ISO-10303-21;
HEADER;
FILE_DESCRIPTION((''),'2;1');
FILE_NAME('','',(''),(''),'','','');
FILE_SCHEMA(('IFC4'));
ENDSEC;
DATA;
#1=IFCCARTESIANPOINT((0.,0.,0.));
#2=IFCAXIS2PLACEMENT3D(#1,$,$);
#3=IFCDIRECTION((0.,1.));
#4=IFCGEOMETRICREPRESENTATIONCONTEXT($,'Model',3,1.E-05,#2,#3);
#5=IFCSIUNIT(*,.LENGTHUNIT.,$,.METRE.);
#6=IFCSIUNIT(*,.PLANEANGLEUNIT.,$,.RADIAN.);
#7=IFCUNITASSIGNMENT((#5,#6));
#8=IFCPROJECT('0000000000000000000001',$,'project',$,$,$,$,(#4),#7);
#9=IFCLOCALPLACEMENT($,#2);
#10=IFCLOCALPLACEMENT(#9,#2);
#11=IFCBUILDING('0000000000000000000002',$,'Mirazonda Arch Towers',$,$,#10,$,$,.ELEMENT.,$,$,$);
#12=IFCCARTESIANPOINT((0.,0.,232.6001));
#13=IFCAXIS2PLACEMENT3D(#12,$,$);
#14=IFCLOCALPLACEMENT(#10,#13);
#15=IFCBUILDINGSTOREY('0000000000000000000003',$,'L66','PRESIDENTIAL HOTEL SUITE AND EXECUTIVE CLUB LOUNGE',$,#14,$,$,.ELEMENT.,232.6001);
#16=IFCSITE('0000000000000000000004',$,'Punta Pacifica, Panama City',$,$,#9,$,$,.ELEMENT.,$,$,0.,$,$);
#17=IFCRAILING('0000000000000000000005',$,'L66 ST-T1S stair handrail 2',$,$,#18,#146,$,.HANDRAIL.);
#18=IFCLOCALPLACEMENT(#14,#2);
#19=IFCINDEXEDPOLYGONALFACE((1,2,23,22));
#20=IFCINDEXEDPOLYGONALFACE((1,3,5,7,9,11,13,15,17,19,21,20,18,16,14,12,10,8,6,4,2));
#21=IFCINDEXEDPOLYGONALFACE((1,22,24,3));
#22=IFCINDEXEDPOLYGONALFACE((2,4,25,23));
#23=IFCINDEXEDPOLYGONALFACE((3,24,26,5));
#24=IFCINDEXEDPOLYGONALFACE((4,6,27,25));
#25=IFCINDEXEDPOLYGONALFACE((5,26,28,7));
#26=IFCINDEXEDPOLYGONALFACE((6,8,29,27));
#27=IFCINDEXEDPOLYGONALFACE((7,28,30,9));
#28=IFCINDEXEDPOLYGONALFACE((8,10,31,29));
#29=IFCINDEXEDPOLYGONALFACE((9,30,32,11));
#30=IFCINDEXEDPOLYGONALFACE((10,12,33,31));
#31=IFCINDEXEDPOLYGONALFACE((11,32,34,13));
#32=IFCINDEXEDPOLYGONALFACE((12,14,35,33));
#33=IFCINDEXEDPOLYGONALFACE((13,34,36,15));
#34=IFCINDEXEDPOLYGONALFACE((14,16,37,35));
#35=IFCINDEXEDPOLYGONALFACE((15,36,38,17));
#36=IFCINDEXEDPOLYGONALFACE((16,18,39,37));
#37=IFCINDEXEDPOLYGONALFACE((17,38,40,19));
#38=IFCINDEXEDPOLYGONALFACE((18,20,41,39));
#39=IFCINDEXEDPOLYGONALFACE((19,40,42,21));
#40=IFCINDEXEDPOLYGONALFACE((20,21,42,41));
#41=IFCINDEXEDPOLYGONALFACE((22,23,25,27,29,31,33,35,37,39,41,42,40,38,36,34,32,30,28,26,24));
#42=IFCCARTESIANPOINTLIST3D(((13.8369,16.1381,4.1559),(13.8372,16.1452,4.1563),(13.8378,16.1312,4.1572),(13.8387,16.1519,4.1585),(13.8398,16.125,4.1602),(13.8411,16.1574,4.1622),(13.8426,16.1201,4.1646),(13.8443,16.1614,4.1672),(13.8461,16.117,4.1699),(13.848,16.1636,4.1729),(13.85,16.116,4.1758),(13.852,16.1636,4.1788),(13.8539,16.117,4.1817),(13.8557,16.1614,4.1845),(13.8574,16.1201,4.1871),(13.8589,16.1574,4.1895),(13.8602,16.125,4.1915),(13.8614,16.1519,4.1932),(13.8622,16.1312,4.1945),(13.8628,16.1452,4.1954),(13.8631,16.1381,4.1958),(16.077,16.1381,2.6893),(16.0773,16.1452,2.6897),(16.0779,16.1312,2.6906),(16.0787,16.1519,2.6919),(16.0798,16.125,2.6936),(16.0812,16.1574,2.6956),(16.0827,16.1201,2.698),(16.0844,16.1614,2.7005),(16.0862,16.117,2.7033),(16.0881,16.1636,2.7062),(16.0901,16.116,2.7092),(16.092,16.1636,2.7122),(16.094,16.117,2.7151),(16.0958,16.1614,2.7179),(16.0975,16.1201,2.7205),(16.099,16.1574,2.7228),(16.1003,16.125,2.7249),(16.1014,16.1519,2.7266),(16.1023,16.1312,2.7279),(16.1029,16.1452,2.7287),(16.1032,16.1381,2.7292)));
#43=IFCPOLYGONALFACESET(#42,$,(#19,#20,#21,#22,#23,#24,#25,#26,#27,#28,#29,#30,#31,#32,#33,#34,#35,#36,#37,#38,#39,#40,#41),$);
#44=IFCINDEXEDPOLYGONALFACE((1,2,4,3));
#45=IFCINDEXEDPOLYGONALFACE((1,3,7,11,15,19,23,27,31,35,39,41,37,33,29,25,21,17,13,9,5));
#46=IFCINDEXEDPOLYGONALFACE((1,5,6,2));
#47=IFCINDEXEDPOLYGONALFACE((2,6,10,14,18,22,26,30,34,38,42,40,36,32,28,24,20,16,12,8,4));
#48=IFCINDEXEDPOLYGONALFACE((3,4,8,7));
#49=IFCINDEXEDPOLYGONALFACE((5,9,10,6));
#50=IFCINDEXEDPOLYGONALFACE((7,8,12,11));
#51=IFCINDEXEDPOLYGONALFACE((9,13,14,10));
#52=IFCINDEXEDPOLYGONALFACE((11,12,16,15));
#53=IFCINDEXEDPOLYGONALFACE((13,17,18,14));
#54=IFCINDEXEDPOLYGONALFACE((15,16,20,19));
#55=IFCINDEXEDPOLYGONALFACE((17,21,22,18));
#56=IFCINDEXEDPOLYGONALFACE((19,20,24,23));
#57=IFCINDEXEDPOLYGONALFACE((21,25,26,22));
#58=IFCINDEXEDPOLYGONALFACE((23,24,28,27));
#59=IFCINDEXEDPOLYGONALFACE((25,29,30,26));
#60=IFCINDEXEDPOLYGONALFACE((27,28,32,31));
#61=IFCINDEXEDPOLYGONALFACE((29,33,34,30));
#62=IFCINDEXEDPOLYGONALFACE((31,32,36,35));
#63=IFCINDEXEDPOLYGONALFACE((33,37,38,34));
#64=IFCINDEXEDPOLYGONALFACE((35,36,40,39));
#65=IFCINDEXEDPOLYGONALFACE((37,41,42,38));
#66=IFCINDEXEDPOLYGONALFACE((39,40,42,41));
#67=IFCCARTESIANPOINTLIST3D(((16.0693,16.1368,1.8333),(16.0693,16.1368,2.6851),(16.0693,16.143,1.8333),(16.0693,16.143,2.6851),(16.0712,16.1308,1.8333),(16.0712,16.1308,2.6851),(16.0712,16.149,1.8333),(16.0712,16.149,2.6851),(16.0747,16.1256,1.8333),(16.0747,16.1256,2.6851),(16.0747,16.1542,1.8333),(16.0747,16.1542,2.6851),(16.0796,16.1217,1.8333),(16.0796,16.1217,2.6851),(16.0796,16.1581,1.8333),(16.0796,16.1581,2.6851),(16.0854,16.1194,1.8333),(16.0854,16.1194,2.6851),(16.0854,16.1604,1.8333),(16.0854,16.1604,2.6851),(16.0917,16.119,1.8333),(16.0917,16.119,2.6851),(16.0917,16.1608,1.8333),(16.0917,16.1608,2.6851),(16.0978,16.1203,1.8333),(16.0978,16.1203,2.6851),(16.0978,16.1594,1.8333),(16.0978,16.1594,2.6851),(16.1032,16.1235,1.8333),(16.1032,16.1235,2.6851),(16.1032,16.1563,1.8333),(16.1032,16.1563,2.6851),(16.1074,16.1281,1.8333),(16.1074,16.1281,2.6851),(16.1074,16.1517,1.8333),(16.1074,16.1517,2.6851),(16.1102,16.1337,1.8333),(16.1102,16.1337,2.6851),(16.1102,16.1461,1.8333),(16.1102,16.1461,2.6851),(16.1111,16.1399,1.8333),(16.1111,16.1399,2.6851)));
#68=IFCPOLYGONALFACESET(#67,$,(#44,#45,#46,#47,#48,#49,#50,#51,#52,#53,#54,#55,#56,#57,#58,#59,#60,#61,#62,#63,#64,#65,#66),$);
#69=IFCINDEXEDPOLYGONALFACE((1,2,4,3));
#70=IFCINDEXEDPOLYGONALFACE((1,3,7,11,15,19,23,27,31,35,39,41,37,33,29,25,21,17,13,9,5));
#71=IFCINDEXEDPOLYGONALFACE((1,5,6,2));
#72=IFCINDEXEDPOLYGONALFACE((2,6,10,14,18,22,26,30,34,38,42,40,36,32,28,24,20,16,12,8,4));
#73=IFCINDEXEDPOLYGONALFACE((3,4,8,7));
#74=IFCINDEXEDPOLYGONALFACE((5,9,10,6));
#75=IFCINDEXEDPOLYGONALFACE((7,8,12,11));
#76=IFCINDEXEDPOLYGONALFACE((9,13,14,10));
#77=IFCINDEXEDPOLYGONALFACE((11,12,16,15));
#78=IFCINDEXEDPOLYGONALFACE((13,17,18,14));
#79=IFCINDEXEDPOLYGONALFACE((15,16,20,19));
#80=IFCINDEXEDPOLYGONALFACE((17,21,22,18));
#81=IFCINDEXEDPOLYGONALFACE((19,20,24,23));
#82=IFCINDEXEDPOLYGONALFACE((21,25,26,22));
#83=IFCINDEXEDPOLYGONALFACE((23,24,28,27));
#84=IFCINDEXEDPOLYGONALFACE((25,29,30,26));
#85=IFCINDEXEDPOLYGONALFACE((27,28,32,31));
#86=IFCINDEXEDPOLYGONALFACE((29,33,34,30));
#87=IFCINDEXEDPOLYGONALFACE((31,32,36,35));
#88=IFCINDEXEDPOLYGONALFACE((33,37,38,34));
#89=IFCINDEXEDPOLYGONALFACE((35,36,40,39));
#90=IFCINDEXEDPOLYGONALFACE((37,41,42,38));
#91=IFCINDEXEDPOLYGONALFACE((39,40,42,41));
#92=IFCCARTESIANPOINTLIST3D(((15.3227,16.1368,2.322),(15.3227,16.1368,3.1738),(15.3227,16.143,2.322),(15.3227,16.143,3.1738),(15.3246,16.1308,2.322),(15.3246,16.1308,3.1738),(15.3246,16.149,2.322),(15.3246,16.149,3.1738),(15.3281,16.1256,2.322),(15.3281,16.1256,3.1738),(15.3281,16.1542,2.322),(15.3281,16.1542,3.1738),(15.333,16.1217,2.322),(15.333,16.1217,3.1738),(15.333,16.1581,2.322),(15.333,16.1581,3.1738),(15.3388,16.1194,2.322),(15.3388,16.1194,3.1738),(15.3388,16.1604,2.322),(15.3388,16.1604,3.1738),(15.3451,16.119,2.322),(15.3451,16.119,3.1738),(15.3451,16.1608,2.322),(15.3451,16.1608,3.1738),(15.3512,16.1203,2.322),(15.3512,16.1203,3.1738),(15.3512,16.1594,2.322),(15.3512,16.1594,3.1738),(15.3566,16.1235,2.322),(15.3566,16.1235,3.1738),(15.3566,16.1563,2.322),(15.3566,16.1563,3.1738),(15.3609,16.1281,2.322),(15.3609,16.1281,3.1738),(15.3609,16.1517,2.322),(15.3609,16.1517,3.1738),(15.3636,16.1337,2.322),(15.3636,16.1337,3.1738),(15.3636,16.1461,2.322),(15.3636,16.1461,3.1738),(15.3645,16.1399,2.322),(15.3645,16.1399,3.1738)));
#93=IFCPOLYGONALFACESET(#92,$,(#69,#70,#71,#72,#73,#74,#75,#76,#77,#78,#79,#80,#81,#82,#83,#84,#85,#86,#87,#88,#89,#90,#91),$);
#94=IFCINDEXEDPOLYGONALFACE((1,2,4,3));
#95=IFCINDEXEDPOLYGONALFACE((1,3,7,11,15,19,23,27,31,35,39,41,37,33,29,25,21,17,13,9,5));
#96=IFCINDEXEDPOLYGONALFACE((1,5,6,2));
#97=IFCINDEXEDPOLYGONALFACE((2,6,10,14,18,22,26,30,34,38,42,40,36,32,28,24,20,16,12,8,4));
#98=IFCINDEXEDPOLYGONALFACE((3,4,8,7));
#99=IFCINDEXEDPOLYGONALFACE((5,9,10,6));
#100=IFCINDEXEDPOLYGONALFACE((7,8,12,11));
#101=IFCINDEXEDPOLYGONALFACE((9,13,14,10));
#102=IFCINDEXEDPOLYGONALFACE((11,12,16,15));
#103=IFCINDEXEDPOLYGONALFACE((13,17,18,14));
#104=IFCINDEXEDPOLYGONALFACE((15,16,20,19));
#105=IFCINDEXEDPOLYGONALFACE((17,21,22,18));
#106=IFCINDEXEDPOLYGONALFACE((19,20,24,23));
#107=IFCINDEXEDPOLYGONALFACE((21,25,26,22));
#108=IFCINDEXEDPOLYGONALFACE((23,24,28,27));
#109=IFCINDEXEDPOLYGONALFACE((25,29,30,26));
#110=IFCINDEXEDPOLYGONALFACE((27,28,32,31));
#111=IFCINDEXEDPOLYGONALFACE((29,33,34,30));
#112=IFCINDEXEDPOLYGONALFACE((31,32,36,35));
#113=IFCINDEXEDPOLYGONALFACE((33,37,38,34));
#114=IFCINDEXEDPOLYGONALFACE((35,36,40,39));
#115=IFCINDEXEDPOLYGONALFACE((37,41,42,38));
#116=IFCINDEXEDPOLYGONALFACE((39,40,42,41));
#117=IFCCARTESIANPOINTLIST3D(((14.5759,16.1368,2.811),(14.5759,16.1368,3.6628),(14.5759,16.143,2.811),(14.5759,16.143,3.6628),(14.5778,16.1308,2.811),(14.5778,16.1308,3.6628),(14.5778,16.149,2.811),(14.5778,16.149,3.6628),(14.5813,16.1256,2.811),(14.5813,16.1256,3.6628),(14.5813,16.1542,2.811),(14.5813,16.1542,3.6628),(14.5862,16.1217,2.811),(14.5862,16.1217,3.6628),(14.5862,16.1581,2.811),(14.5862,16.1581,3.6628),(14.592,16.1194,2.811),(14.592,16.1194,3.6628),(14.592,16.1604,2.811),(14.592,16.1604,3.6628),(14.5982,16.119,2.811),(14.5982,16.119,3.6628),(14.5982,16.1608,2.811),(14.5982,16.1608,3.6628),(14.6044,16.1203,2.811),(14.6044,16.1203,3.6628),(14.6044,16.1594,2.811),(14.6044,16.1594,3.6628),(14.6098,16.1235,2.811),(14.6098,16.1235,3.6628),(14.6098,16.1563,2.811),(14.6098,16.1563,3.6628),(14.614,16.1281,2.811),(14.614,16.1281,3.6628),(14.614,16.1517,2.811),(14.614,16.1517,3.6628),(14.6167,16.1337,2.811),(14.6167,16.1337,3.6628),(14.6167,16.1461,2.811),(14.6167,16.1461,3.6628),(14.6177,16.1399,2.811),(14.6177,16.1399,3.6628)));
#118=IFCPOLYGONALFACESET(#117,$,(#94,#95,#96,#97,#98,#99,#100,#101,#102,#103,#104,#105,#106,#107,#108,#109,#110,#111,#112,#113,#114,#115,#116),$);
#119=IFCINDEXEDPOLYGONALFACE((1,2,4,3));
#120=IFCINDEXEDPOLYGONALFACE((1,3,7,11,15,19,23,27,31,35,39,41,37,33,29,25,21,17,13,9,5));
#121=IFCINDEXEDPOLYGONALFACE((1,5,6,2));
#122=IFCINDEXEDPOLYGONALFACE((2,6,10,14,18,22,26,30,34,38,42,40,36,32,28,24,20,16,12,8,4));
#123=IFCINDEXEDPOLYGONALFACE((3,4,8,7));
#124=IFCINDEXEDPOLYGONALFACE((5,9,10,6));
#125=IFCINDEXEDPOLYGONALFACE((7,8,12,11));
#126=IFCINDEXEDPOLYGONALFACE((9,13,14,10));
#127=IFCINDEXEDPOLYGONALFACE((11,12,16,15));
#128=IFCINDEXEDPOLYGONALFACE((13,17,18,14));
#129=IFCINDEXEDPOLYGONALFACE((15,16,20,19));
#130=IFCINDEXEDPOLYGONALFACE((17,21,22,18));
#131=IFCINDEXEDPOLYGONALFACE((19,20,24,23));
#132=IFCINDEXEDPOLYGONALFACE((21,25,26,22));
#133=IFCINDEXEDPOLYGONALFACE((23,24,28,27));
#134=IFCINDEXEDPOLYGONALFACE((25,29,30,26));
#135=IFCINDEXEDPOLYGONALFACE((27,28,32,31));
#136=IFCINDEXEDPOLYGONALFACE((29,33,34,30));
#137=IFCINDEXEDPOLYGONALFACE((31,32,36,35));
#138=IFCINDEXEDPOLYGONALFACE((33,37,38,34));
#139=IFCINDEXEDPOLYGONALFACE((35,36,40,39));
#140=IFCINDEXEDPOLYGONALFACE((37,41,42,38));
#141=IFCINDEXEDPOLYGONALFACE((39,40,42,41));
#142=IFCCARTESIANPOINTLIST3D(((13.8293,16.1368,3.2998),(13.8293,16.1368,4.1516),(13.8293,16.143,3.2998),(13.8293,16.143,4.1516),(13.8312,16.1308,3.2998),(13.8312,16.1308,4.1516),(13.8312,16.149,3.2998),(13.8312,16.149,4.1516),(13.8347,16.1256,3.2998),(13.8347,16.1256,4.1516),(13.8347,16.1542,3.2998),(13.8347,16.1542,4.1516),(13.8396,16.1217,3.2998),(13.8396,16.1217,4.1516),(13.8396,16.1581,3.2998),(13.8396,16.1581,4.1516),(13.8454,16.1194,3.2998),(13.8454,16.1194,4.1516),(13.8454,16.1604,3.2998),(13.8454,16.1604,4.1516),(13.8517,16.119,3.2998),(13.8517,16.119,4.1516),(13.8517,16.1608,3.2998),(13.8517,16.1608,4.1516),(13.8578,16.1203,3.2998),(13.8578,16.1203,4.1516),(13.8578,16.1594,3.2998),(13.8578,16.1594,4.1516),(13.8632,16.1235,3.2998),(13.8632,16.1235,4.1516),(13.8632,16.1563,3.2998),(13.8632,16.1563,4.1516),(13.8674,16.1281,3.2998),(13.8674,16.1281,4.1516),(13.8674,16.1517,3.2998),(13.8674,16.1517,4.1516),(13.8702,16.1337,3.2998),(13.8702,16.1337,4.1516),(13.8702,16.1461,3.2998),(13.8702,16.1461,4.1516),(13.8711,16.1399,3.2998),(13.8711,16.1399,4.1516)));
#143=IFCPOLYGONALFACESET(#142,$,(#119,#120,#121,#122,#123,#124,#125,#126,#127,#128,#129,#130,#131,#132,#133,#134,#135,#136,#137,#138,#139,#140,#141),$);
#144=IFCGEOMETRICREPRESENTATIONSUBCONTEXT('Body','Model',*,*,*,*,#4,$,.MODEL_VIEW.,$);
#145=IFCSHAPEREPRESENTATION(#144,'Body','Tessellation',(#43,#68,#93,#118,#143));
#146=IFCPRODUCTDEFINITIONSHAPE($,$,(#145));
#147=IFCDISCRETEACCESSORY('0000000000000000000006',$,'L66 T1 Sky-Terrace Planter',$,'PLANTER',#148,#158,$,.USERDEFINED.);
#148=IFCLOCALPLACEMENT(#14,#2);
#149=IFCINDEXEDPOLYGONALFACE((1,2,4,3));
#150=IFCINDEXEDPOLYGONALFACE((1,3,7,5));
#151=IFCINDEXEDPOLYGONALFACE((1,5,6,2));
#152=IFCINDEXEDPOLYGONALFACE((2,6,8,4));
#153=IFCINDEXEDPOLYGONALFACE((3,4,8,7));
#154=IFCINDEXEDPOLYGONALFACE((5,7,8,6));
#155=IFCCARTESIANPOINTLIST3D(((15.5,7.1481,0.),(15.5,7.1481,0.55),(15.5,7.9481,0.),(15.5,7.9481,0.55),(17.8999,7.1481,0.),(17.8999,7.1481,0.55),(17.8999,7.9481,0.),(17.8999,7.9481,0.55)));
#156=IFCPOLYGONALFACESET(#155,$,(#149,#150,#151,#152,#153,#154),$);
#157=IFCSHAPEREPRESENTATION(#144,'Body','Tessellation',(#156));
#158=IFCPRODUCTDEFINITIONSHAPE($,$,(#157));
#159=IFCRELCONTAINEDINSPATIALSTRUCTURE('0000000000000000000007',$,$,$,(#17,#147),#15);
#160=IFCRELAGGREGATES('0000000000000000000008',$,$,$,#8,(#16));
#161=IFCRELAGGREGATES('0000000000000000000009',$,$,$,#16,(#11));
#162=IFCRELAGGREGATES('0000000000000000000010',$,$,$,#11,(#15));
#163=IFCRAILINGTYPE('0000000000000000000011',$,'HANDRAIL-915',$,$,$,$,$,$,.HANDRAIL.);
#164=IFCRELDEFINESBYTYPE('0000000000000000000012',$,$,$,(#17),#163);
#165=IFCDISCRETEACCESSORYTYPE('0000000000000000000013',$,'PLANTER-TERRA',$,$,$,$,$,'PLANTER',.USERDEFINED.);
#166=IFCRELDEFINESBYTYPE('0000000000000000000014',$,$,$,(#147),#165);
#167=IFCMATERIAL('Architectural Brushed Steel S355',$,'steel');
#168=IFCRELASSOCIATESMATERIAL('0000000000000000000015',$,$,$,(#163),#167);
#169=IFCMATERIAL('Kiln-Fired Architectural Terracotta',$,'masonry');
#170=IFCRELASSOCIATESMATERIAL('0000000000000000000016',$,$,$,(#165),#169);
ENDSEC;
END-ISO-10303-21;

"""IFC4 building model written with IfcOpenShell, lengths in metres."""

from ifc_helpers import new_model, si_unit, direction, frame, origin, origin_2d, place, context, subcontext, project, spatial, rectangle, circle, extrude, material, type_object, element, save


model = new_model("IFC4")

# Units and contexts
model_context = context("Model", 3, precision=1e-05, world=origin(), true_north=direction((0.0, 1.0)))
body_context = subcontext(model_context, "Body", "Model", "MODEL_VIEW")
ifc_project = project(units=[si_unit("LENGTHUNIT", "METRE"), si_unit("PLANEANGLEUNIT", "RADIAN")], contexts=[model_context])

# Site, building, storey
site_placement = place(None, origin())
site = spatial("IfcSite", under=ifc_project, at=site_placement, Name="Punta Pacifica, Panama City", CompositionType="ELEMENT", RefElevation=0.0)
building_placement = place(site_placement, origin())
building = spatial("IfcBuilding", under=site, at=building_placement, Name="Mirazonda Arch Towers", CompositionType="ELEMENT")
storey_placement = place(building_placement, frame((0.0, 0.0, 232.6001)))
storey = spatial("IfcBuildingStorey", under=building, at=storey_placement, Name="L66", Description="PRESIDENTIAL HOTEL SUITE AND EXECUTIVE CLUB LOUNGE", CompositionType="ELEMENT", Elevation=232.6001)

# Shared definitions
ifc_material_1 = material(Name="Architectural Brushed Steel S355", Category="steel")

# Railing
railing_type_1 = type_object("IfcRailingType", Name="HANDRAIL-915", PredefinedType="HANDRAIL", material=ifc_material_1)
railing_1_placement = place(storey_placement, frame((16.0901, 16.1399, 1.8333)))
element("IfcRailing", 1, at=railing_1_placement, inside=storey, type_object=railing_type_1, Name="L66 ST-T1S stair handrail 2", PredefinedType="HANDRAIL", context=body_context, shape_type="SweptSolid", body=[
    extrude(circle(Radius=0.0239, at=origin_2d()), frame((0.0, 0.0, 0.876), z_axis=(-0.836637, 0.0, 0.547758), x_axis=(0.0, -1.0, 0.0)), (0.0, 0.0, 1.0), 2.6775),
    extrude(circle(Radius=0.021, at=origin_2d()), origin(), (0.0, 0.0, 1.0), 0.8518),
    extrude(circle(Radius=0.021, at=origin_2d()), frame((-0.7466, 0.0, 0.4888)), (0.0, 0.0, 1.0), 0.8518),
    extrude(circle(Radius=0.021, at=origin_2d()), frame((-1.4934, 0.0, 0.9778)), (0.0, 0.0, 1.0), 0.8518),
    extrude(circle(Radius=0.021, at=origin_2d()), frame((-2.24, 0.0, 1.4666)), (0.0, 0.0, 1.0), 0.8518),
])

# Discrete accessory
ifc_material_2 = material(Name="Kiln-Fired Architectural Terracotta", Category="masonry")
discrete_accessory_type = type_object("IfcDiscreteAccessoryType", Name="PLANTER-TERRA", ElementType="PLANTER", PredefinedType="USERDEFINED", material=ifc_material_2)
discrete_accessory_placement = place(storey_placement, frame((16.7, 7.5481, 0.0), z_axis=(0.0, 0.0, 1.0), x_axis=(1.0, 0.0, 0.0)))
element("IfcDiscreteAccessory", 2, at=discrete_accessory_placement, inside=storey, type_object=discrete_accessory_type, Name="L66 T1 Sky-Terrace Planter", ObjectType="PLANTER", PredefinedType="USERDEFINED", context=body_context, shape_type="SweptSolid", body=[
    extrude(rectangle(XDim=2.3999, YDim=0.8, at=origin_2d()), origin(), (0.0, 0.0, 1.0), 0.55),
])

save(model, "model.ifc")
